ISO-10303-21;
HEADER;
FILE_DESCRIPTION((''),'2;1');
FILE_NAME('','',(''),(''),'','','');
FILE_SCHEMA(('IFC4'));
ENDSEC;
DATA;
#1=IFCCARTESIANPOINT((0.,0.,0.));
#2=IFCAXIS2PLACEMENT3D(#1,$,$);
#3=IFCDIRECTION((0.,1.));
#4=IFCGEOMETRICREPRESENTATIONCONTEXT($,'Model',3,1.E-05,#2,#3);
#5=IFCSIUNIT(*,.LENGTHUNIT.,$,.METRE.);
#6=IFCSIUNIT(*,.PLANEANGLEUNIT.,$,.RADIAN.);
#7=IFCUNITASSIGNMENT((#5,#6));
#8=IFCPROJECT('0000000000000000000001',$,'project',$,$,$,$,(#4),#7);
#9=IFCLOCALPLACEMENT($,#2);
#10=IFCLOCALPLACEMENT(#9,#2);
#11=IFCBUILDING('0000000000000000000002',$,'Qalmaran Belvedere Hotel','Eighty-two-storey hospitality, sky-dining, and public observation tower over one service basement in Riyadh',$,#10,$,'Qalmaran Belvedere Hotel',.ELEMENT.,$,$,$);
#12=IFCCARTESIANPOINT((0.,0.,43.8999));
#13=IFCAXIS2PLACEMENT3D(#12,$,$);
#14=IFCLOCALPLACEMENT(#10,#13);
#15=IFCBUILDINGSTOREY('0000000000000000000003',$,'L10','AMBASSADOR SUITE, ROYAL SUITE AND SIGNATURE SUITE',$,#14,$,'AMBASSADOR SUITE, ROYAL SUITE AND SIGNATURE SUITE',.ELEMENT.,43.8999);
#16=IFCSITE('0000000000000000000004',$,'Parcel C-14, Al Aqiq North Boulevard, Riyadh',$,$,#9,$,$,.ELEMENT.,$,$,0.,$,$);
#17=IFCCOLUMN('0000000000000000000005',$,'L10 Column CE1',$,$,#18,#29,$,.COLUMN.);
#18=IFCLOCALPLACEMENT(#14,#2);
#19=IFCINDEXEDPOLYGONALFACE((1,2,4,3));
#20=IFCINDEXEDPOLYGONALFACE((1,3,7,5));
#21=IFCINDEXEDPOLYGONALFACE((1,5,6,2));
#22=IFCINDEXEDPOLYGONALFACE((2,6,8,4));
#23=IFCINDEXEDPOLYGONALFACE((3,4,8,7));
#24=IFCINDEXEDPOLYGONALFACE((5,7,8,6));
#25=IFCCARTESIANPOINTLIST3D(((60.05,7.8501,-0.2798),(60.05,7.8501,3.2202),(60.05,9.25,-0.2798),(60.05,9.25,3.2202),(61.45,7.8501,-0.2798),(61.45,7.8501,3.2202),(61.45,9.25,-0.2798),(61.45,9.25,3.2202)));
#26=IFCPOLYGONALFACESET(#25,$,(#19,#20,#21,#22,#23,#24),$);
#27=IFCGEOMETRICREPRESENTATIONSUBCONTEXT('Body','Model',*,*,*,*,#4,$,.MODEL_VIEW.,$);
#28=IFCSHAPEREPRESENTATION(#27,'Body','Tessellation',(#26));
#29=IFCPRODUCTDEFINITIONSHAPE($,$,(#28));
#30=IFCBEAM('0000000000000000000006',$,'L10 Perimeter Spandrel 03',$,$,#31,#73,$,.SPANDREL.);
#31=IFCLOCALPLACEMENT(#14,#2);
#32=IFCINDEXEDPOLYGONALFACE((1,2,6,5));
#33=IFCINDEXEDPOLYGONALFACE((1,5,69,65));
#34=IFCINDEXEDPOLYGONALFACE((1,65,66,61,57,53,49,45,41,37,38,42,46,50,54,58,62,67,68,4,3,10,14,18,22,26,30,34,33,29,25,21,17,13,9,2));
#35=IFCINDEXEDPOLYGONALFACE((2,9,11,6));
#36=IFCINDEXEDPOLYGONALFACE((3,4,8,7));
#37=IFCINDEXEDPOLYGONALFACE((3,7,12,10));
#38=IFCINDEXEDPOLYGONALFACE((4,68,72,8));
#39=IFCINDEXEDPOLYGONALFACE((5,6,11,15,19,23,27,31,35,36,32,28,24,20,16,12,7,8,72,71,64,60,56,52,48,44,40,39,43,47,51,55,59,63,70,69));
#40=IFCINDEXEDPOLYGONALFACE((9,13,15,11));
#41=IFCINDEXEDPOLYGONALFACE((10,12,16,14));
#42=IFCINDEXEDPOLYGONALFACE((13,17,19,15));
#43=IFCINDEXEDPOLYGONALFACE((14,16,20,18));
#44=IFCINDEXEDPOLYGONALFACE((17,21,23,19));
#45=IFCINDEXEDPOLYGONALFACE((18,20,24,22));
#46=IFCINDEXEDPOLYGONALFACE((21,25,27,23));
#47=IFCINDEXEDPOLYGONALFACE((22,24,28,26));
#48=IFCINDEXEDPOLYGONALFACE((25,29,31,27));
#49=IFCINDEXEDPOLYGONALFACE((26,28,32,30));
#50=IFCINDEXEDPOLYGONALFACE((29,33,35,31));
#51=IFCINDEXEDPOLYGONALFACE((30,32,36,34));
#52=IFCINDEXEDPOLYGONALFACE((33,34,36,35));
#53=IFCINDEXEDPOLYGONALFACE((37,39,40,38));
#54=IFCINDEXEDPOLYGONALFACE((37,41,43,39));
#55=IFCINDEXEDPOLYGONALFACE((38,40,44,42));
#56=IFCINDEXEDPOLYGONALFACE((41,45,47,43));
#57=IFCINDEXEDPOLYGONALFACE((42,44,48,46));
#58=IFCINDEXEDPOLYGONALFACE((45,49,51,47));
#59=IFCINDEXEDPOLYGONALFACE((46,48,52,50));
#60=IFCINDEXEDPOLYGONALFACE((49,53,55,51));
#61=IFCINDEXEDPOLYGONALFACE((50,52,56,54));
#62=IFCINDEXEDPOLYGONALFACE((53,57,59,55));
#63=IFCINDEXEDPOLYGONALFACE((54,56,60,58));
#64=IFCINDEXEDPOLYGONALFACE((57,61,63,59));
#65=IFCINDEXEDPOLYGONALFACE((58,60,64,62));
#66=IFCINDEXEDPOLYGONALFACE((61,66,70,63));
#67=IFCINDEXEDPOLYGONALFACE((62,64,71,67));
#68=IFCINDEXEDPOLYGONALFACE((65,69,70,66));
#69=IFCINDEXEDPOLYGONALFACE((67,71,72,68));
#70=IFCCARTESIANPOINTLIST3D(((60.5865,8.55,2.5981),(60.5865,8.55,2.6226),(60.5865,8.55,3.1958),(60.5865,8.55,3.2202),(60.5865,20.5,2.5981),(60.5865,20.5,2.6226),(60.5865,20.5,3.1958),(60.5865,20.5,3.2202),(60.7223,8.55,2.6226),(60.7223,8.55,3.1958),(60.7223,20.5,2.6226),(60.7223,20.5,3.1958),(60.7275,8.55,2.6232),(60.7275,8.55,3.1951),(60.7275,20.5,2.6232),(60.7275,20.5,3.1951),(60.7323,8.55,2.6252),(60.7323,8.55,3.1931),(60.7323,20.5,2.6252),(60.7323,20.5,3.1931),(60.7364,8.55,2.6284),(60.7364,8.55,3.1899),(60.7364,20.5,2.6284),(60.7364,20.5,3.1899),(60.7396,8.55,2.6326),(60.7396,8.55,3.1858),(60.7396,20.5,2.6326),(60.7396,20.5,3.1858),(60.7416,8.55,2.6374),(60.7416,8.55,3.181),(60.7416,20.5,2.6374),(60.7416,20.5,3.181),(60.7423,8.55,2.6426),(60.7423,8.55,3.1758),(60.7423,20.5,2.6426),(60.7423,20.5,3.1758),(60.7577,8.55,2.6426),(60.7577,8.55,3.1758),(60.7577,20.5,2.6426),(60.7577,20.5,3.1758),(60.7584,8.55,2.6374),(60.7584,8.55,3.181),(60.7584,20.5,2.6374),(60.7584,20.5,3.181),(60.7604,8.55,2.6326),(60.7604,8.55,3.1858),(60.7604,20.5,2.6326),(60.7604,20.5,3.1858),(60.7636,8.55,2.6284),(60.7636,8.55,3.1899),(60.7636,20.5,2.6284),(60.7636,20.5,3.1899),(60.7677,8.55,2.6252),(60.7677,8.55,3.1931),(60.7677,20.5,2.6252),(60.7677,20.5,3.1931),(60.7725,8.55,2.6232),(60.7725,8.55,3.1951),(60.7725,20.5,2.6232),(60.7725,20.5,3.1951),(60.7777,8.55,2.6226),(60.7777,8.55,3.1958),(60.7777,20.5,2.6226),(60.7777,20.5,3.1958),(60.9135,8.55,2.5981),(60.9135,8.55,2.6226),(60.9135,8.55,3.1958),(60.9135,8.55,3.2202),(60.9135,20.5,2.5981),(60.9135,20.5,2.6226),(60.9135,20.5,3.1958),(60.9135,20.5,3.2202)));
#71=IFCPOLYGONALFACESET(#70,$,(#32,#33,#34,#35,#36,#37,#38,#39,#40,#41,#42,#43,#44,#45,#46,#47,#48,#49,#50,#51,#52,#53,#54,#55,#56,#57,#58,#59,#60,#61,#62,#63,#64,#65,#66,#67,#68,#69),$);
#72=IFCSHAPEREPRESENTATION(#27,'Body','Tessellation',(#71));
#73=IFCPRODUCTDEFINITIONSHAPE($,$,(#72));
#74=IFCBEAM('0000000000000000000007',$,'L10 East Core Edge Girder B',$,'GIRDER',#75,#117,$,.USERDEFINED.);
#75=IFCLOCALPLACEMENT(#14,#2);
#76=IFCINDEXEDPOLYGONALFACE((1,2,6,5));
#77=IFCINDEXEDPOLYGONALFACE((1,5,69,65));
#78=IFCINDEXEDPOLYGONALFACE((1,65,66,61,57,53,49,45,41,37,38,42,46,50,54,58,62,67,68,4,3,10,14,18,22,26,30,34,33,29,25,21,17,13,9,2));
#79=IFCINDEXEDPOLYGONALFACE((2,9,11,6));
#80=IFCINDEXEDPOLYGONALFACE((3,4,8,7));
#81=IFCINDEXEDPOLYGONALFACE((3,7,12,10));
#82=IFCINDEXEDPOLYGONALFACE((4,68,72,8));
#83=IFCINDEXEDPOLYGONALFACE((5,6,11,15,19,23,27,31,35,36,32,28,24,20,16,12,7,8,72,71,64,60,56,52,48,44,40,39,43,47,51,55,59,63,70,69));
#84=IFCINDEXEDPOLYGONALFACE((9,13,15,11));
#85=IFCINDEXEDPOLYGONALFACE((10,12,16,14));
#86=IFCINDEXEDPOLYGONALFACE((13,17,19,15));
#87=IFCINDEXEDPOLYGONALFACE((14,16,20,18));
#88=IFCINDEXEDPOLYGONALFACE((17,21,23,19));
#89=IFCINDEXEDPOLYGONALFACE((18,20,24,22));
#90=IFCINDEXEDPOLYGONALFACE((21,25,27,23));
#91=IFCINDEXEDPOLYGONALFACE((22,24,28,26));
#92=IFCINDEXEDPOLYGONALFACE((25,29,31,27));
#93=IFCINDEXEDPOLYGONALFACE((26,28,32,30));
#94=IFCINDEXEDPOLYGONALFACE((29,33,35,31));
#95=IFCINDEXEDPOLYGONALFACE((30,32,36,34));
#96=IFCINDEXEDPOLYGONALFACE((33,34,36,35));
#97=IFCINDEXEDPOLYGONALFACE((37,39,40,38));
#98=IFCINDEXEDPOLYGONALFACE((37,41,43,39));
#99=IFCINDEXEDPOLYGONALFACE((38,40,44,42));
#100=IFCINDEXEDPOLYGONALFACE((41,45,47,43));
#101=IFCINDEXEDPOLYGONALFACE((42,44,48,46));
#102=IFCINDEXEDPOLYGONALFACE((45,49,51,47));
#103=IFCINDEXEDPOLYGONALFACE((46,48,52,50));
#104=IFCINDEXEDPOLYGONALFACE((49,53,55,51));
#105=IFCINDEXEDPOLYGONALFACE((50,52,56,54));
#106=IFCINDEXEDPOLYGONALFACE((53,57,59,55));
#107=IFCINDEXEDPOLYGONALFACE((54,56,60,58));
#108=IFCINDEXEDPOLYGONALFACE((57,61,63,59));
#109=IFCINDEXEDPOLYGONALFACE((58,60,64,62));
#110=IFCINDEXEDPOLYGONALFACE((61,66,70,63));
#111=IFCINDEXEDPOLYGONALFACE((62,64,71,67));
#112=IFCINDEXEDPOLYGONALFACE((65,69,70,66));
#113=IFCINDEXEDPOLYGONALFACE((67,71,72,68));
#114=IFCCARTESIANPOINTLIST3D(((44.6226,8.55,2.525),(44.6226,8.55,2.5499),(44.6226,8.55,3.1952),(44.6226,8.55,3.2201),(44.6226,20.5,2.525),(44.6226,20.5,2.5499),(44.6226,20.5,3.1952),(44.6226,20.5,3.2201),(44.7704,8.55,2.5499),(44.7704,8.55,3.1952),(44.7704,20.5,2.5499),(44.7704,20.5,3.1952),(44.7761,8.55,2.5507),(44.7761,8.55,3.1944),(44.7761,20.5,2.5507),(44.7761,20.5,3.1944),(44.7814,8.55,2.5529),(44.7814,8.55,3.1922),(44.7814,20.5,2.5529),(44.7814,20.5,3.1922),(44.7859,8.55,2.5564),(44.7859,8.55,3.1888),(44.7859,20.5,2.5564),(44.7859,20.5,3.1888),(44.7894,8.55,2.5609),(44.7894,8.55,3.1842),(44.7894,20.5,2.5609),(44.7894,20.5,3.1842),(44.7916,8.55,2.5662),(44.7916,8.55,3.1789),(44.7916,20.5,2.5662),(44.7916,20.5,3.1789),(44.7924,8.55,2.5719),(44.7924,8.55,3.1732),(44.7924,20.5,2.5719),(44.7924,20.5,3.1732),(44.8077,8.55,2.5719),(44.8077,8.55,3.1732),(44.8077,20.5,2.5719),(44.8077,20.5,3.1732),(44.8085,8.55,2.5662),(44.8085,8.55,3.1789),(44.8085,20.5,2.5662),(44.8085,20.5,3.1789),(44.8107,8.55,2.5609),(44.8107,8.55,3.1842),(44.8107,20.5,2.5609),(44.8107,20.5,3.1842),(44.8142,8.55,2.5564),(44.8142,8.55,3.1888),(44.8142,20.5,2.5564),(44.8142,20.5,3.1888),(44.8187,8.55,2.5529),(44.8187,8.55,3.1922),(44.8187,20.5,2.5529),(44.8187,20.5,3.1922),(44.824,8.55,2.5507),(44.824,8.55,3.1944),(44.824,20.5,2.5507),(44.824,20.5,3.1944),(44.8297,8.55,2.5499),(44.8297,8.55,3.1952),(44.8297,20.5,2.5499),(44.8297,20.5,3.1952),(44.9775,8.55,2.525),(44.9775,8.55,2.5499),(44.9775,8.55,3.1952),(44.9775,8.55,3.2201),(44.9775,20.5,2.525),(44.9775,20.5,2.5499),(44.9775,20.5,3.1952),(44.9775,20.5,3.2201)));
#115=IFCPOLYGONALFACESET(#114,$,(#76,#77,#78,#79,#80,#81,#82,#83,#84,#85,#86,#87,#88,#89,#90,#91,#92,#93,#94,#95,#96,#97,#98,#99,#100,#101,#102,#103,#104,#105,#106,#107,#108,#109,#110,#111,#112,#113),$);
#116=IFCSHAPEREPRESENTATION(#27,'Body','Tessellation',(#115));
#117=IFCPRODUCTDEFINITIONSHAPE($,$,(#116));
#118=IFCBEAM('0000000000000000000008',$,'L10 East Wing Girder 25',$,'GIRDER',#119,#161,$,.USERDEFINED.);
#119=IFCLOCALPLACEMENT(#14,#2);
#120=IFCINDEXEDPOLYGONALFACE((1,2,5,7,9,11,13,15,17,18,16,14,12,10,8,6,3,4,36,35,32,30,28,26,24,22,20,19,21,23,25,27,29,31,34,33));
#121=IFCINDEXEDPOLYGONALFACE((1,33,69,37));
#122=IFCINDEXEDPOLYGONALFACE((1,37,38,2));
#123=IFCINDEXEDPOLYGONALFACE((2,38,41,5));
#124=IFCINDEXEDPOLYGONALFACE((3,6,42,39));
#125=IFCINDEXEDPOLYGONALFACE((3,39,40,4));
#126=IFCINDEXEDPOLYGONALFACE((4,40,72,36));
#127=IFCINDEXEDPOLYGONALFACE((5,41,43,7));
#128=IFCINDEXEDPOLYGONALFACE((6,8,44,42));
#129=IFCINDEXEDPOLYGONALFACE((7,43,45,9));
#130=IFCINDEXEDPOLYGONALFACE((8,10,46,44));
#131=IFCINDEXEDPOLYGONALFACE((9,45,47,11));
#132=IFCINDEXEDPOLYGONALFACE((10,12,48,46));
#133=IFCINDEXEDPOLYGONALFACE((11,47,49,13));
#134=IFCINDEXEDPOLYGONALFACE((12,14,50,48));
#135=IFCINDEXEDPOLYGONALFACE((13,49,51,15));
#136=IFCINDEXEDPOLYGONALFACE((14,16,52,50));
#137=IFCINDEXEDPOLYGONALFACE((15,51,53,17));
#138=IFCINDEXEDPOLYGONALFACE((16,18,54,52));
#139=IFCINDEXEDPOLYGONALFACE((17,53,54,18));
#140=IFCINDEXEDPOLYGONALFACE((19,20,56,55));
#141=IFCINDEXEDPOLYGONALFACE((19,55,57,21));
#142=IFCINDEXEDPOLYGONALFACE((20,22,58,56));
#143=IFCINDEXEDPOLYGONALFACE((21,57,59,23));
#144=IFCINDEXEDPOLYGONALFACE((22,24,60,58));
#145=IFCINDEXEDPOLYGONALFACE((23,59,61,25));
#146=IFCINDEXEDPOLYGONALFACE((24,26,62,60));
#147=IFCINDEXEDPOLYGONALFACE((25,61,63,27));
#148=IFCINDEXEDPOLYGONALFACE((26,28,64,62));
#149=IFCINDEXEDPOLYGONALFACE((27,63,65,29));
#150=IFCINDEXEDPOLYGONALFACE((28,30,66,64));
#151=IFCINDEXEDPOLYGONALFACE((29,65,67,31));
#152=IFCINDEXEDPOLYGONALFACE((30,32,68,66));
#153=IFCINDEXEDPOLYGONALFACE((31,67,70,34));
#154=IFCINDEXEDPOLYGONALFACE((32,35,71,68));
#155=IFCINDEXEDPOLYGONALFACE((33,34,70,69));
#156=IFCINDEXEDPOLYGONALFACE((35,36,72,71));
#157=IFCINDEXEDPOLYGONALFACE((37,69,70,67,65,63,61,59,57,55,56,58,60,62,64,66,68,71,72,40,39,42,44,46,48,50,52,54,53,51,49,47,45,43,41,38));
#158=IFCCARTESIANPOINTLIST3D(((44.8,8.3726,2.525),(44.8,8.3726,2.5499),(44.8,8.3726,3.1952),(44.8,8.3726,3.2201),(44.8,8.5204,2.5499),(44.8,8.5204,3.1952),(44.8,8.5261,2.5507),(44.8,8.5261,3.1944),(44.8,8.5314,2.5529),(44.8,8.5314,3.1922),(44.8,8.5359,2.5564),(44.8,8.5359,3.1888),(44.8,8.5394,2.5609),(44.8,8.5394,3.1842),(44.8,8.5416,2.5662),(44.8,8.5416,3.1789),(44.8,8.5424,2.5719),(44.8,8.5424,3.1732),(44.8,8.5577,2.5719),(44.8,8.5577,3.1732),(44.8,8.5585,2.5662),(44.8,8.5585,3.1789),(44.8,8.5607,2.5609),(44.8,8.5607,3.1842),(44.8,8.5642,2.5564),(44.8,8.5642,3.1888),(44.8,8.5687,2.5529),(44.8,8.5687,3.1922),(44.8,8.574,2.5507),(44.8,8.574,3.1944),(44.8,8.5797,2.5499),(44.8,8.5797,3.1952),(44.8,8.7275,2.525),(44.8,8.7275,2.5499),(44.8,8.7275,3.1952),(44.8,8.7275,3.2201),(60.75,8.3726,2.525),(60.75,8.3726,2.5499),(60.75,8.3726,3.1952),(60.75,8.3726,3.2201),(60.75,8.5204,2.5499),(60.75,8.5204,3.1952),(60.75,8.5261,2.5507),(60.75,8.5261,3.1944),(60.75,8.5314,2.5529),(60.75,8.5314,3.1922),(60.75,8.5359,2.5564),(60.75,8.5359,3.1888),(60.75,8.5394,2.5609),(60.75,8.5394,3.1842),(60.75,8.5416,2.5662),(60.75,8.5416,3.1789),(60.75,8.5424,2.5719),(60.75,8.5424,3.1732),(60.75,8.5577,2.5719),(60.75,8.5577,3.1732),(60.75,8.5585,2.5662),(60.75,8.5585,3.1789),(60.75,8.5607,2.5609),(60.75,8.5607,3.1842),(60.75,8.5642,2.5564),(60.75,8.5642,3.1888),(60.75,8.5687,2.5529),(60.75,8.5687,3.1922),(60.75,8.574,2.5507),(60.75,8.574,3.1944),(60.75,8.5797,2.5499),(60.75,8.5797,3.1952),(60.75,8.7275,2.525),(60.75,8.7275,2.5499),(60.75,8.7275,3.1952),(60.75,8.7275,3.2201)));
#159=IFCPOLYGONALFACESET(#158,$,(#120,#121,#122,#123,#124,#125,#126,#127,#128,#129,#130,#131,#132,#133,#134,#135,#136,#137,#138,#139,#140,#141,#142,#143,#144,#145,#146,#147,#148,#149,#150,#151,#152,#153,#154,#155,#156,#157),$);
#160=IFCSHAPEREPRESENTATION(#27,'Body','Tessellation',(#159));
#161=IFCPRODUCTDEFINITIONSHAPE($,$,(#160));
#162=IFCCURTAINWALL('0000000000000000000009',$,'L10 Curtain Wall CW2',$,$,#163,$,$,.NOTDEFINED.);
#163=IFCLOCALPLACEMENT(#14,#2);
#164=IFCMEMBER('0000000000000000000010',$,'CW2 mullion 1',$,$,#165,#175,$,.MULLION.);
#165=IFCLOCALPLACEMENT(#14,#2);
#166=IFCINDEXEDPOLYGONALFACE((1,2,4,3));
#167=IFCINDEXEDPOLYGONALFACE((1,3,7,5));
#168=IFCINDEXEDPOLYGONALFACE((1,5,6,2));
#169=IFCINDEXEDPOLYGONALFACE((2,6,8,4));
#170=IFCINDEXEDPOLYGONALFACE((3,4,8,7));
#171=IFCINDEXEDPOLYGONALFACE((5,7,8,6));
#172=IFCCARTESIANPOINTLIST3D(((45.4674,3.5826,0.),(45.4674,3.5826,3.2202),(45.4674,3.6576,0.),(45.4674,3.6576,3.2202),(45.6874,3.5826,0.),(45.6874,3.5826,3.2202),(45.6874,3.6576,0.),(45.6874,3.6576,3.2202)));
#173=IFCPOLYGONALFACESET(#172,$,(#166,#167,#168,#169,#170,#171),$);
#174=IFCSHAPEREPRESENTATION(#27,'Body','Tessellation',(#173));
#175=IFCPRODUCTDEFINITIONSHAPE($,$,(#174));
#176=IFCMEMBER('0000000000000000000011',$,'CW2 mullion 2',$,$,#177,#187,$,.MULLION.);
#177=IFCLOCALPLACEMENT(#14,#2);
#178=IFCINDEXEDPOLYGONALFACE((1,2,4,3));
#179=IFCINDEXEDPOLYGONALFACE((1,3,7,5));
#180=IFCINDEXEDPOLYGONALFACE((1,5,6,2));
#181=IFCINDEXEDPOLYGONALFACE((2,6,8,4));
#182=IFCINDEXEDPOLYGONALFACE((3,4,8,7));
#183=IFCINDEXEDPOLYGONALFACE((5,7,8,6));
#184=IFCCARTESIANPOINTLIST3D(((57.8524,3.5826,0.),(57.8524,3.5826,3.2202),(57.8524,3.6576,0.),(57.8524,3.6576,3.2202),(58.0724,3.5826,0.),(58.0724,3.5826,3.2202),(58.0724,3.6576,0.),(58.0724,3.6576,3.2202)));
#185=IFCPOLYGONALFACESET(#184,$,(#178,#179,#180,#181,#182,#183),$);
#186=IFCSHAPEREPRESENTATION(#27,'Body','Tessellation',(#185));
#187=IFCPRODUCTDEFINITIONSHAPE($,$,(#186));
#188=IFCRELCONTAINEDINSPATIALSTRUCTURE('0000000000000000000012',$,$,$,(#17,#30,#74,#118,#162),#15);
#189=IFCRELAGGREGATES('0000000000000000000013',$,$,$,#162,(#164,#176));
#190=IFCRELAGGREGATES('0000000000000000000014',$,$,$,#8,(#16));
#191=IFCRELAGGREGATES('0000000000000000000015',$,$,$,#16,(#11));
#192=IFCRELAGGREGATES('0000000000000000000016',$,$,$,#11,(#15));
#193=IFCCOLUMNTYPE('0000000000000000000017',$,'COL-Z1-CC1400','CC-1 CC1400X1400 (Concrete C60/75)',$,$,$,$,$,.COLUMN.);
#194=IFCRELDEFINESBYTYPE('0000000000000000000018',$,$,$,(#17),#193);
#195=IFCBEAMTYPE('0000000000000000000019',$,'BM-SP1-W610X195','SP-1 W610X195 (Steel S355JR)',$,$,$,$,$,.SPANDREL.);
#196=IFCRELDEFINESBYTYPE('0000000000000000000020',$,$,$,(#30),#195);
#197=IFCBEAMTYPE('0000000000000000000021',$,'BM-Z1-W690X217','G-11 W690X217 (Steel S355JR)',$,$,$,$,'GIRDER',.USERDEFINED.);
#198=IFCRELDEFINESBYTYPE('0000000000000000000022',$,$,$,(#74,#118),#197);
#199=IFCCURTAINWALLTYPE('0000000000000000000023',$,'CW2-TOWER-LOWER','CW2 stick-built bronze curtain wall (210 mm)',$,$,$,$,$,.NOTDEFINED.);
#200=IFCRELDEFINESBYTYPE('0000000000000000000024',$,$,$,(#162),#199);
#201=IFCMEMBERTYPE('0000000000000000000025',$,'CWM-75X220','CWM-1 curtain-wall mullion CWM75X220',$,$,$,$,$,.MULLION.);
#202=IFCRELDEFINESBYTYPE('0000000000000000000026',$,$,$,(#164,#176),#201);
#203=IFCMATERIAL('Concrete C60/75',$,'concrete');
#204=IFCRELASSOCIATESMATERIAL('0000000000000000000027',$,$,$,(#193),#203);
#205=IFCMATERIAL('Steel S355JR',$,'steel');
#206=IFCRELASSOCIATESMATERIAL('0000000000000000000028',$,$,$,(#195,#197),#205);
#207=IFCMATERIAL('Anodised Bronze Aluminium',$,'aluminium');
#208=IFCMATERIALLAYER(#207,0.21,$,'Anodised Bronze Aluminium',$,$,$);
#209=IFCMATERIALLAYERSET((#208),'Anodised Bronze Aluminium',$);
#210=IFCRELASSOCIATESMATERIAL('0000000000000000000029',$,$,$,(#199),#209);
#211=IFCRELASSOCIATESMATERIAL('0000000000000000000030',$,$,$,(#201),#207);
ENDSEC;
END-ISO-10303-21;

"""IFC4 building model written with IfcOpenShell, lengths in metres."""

from ifc_helpers import new_model, si_unit, direction, frame, origin, origin_2d, place, context, subcontext, project, spatial, rectangle, i_section, extrude, material, layer, layer_set, material_profile, profile_set, type_object, element, aggregate, save


model = new_model("IFC4")

# Units and contexts
model_context = context("Model", 3, precision=1e-05, world=origin(), true_north=direction((0.0, 1.0)))
body_context = subcontext(model_context, "Body", "Model", "MODEL_VIEW")
ifc_project = project(units=[si_unit("LENGTHUNIT", "METRE"), si_unit("PLANEANGLEUNIT", "RADIAN")], contexts=[model_context])

# Site, building, storey
site_placement = place(None, origin())
site = spatial("IfcSite", under=ifc_project, at=site_placement, Name="Parcel C-14, Al Aqiq North Boulevard, Riyadh", CompositionType="ELEMENT", RefElevation=0.0)
building_placement = place(site_placement, origin())
building = spatial("IfcBuilding", under=site, at=building_placement, Name="Qalmaran Belvedere Hotel", Description="Eighty-two-storey hospitality, sky-dining, and public observation tower over one service basement in Riyadh", LongName="Qalmaran Belvedere Hotel", CompositionType="ELEMENT")
storey_placement = place(building_placement, frame((0.0, 0.0, 43.8999)))
storey = spatial("IfcBuildingStorey", under=building, at=storey_placement, Name="L10", Description="AMBASSADOR SUITE, ROYAL SUITE AND SIGNATURE SUITE", LongName="AMBASSADOR SUITE, ROYAL SUITE AND SIGNATURE SUITE", CompositionType="ELEMENT", Elevation=43.8999)

# Column
ifc_material_1 = material(Name="Concrete C60/75", Category="concrete")
ifc_material_profile_1 = material_profile(ifc_material_1, rectangle(XDim=1.3999, YDim=1.3999, at=origin_2d()), Name="CC1400X1400")
ifc_profile_set_1 = profile_set([ifc_material_profile_1], Name="Concrete C60/75")
column_type = type_object("IfcColumnType", Name="COL-Z1-CC1400", Description="CC-1 CC1400X1400 (Concrete C60/75)", PredefinedType="COLUMN", material=ifc_profile_set_1)
column_placement = place(storey_placement, frame((60.75, 8.55, -0.2798), z_axis=(0.0, 0.0, 1.0), x_axis=(1.0, 0.0, 0.0)))
element("IfcColumn", 1, at=column_placement, inside=storey, type_object=column_type, Name="L10 Column CE1", PredefinedType="COLUMN", context=body_context, shape_type="SweptSolid", body=[
    extrude(rectangle(XDim=1.3999, YDim=1.3999, at=origin_2d()), origin(), (0.0, 0.0, 1.0), 3.5),
])

# Beams
ifc_material_2 = material(Name="Steel S355JR", Category="steel")
ifc_material_profile_2 = material_profile(ifc_material_2, i_section(OverallWidth=0.3269, OverallDepth=0.6221, WebThickness=0.0154, FlangeThickness=0.0244, FilletRadius=0.02, at=origin_2d()), Name="W610X195")
ifc_profile_set_2 = profile_set([ifc_material_profile_2], Name="Steel S355JR")
beam_type_1 = type_object("IfcBeamType", Name="BM-SP1-W610X195", Description="SP-1 W610X195 (Steel S355JR)", PredefinedType="SPANDREL", material=ifc_profile_set_2)
beam_1_placement = place(storey_placement, frame((60.75, 8.55, 2.9092), z_axis=(0.0, 1.0, 0.0), x_axis=(-1.0, 0.0, 0.0)))
element("IfcBeam", 2, at=beam_1_placement, inside=storey, type_object=beam_type_1, Name="L10 Perimeter Spandrel 03", PredefinedType="SPANDREL", context=body_context, shape_type="SweptSolid", body=[
    extrude(i_section(OverallWidth=0.3269, OverallDepth=0.6221, WebThickness=0.0154, FlangeThickness=0.0244, FilletRadius=0.02, at=origin_2d()), origin(), (0.0, 0.0, 1.0), 11.95),
])
ifc_material_profile_3 = material_profile(ifc_material_2, i_section(OverallWidth=0.355, OverallDepth=0.6951, WebThickness=0.0154, FlangeThickness=0.0249, FilletRadius=0.022, at=origin_2d()), Name="W690X217")
ifc_profile_set_3 = profile_set([ifc_material_profile_3], Name="Steel S355JR")
beam_type_2 = type_object("IfcBeamType", Name="BM-Z1-W690X217", Description="G-11 W690X217 (Steel S355JR)", ElementType="GIRDER", PredefinedType="USERDEFINED", material=ifc_profile_set_3)
beam_2_placement = place(storey_placement, frame((44.8, 8.55, 2.8726), z_axis=(0.0, 1.0, 0.0), x_axis=(-1.0, 0.0, 0.0)))
element("IfcBeam", 3, at=beam_2_placement, inside=storey, type_object=beam_type_2, Name="L10 East Core Edge Girder B", ObjectType="GIRDER", PredefinedType="USERDEFINED", context=body_context, shape_type="SweptSolid", body=[
    extrude(i_section(OverallWidth=0.355, OverallDepth=0.6951, WebThickness=0.0154, FlangeThickness=0.0249, FilletRadius=0.022, at=origin_2d()), origin(), (0.0, 0.0, 1.0), 11.95),
])
beam_3_placement = place(storey_placement, frame((44.8, 8.55, 2.8726), z_axis=(1.0, 0.0, 0.0), x_axis=(0.0, 1.0, 0.0)))
element("IfcBeam", 4, at=beam_3_placement, inside=storey, type_object=beam_type_2, Name="L10 East Wing Girder 25", ObjectType="GIRDER", PredefinedType="USERDEFINED", context=body_context, shape_type="SweptSolid", body=[
    extrude(i_section(OverallWidth=0.355, OverallDepth=0.6951, WebThickness=0.0154, FlangeThickness=0.0249, FilletRadius=0.022, at=origin_2d()), origin(), (0.0, 0.0, 1.0), 15.95),
])

# Curtain wall, members
ifc_material_3 = material(Name="Anodised Bronze Aluminium", Category="aluminium")
ifc_layer_1 = layer(ifc_material_3, 0.21, Name="Anodised Bronze Aluminium")
ifc_layer_set_1 = layer_set([ifc_layer_1], Name="Anodised Bronze Aluminium")
curtain_wall_type = type_object("IfcCurtainWallType", Name="CW2-TOWER-LOWER", Description="CW2 stick-built bronze curtain wall (210 mm)", PredefinedType="NOTDEFINED", material=ifc_layer_set_1)
curtain_wall_1_placement = place(storey_placement, origin())
curtain_wall_1 = element("IfcCurtainWall", 5, at=curtain_wall_1_placement, inside=storey, type_object=curtain_wall_type, Name="L10 Curtain Wall CW2", PredefinedType="NOTDEFINED")
ifc_material_profile_4 = material_profile(ifc_material_3, rectangle(XDim=0.075, YDim=0.22, at=origin_2d()), Name="CWM75X220")
ifc_profile_set_4 = profile_set([ifc_material_profile_4], Name="Anodised Bronze Aluminium")
member_type_1 = type_object("IfcMemberType", Name="CWM-75X220", Description="CWM-1 curtain-wall mullion CWM75X220", PredefinedType="MULLION", material=ifc_profile_set_4)
member_1_placement = place(storey_placement, frame((45.5774, 3.6201, 0.0), z_axis=(0.0, 0.0, 1.0), x_axis=(0.0, 1.0, 0.0)))
member_1 = element("IfcMember", 6, at=member_1_placement, type_object=member_type_1, Name="CW2 mullion 1", PredefinedType="MULLION", context=body_context, shape_type="SweptSolid", body=[
    extrude(rectangle(XDim=0.075, YDim=0.22, at=origin_2d()), origin(), (0.0, 0.0, 1.0), 3.2202),
])
member_2_placement = place(storey_placement, frame((57.9624, 3.6201, 0.0), z_axis=(0.0, 0.0, 1.0), x_axis=(0.0, 1.0, 0.0)))
member_2 = element("IfcMember", 7, at=member_2_placement, type_object=member_type_1, Name="CW2 mullion 2", PredefinedType="MULLION", context=body_context, shape_type="SweptSolid", body=[
    extrude(rectangle(XDim=0.075, YDim=0.22, at=origin_2d()), origin(), (0.0, 0.0, 1.0), 3.2202),
])

aggregate(curtain_wall_1, [member_1, member_2])

save(model, "model.ifc")
